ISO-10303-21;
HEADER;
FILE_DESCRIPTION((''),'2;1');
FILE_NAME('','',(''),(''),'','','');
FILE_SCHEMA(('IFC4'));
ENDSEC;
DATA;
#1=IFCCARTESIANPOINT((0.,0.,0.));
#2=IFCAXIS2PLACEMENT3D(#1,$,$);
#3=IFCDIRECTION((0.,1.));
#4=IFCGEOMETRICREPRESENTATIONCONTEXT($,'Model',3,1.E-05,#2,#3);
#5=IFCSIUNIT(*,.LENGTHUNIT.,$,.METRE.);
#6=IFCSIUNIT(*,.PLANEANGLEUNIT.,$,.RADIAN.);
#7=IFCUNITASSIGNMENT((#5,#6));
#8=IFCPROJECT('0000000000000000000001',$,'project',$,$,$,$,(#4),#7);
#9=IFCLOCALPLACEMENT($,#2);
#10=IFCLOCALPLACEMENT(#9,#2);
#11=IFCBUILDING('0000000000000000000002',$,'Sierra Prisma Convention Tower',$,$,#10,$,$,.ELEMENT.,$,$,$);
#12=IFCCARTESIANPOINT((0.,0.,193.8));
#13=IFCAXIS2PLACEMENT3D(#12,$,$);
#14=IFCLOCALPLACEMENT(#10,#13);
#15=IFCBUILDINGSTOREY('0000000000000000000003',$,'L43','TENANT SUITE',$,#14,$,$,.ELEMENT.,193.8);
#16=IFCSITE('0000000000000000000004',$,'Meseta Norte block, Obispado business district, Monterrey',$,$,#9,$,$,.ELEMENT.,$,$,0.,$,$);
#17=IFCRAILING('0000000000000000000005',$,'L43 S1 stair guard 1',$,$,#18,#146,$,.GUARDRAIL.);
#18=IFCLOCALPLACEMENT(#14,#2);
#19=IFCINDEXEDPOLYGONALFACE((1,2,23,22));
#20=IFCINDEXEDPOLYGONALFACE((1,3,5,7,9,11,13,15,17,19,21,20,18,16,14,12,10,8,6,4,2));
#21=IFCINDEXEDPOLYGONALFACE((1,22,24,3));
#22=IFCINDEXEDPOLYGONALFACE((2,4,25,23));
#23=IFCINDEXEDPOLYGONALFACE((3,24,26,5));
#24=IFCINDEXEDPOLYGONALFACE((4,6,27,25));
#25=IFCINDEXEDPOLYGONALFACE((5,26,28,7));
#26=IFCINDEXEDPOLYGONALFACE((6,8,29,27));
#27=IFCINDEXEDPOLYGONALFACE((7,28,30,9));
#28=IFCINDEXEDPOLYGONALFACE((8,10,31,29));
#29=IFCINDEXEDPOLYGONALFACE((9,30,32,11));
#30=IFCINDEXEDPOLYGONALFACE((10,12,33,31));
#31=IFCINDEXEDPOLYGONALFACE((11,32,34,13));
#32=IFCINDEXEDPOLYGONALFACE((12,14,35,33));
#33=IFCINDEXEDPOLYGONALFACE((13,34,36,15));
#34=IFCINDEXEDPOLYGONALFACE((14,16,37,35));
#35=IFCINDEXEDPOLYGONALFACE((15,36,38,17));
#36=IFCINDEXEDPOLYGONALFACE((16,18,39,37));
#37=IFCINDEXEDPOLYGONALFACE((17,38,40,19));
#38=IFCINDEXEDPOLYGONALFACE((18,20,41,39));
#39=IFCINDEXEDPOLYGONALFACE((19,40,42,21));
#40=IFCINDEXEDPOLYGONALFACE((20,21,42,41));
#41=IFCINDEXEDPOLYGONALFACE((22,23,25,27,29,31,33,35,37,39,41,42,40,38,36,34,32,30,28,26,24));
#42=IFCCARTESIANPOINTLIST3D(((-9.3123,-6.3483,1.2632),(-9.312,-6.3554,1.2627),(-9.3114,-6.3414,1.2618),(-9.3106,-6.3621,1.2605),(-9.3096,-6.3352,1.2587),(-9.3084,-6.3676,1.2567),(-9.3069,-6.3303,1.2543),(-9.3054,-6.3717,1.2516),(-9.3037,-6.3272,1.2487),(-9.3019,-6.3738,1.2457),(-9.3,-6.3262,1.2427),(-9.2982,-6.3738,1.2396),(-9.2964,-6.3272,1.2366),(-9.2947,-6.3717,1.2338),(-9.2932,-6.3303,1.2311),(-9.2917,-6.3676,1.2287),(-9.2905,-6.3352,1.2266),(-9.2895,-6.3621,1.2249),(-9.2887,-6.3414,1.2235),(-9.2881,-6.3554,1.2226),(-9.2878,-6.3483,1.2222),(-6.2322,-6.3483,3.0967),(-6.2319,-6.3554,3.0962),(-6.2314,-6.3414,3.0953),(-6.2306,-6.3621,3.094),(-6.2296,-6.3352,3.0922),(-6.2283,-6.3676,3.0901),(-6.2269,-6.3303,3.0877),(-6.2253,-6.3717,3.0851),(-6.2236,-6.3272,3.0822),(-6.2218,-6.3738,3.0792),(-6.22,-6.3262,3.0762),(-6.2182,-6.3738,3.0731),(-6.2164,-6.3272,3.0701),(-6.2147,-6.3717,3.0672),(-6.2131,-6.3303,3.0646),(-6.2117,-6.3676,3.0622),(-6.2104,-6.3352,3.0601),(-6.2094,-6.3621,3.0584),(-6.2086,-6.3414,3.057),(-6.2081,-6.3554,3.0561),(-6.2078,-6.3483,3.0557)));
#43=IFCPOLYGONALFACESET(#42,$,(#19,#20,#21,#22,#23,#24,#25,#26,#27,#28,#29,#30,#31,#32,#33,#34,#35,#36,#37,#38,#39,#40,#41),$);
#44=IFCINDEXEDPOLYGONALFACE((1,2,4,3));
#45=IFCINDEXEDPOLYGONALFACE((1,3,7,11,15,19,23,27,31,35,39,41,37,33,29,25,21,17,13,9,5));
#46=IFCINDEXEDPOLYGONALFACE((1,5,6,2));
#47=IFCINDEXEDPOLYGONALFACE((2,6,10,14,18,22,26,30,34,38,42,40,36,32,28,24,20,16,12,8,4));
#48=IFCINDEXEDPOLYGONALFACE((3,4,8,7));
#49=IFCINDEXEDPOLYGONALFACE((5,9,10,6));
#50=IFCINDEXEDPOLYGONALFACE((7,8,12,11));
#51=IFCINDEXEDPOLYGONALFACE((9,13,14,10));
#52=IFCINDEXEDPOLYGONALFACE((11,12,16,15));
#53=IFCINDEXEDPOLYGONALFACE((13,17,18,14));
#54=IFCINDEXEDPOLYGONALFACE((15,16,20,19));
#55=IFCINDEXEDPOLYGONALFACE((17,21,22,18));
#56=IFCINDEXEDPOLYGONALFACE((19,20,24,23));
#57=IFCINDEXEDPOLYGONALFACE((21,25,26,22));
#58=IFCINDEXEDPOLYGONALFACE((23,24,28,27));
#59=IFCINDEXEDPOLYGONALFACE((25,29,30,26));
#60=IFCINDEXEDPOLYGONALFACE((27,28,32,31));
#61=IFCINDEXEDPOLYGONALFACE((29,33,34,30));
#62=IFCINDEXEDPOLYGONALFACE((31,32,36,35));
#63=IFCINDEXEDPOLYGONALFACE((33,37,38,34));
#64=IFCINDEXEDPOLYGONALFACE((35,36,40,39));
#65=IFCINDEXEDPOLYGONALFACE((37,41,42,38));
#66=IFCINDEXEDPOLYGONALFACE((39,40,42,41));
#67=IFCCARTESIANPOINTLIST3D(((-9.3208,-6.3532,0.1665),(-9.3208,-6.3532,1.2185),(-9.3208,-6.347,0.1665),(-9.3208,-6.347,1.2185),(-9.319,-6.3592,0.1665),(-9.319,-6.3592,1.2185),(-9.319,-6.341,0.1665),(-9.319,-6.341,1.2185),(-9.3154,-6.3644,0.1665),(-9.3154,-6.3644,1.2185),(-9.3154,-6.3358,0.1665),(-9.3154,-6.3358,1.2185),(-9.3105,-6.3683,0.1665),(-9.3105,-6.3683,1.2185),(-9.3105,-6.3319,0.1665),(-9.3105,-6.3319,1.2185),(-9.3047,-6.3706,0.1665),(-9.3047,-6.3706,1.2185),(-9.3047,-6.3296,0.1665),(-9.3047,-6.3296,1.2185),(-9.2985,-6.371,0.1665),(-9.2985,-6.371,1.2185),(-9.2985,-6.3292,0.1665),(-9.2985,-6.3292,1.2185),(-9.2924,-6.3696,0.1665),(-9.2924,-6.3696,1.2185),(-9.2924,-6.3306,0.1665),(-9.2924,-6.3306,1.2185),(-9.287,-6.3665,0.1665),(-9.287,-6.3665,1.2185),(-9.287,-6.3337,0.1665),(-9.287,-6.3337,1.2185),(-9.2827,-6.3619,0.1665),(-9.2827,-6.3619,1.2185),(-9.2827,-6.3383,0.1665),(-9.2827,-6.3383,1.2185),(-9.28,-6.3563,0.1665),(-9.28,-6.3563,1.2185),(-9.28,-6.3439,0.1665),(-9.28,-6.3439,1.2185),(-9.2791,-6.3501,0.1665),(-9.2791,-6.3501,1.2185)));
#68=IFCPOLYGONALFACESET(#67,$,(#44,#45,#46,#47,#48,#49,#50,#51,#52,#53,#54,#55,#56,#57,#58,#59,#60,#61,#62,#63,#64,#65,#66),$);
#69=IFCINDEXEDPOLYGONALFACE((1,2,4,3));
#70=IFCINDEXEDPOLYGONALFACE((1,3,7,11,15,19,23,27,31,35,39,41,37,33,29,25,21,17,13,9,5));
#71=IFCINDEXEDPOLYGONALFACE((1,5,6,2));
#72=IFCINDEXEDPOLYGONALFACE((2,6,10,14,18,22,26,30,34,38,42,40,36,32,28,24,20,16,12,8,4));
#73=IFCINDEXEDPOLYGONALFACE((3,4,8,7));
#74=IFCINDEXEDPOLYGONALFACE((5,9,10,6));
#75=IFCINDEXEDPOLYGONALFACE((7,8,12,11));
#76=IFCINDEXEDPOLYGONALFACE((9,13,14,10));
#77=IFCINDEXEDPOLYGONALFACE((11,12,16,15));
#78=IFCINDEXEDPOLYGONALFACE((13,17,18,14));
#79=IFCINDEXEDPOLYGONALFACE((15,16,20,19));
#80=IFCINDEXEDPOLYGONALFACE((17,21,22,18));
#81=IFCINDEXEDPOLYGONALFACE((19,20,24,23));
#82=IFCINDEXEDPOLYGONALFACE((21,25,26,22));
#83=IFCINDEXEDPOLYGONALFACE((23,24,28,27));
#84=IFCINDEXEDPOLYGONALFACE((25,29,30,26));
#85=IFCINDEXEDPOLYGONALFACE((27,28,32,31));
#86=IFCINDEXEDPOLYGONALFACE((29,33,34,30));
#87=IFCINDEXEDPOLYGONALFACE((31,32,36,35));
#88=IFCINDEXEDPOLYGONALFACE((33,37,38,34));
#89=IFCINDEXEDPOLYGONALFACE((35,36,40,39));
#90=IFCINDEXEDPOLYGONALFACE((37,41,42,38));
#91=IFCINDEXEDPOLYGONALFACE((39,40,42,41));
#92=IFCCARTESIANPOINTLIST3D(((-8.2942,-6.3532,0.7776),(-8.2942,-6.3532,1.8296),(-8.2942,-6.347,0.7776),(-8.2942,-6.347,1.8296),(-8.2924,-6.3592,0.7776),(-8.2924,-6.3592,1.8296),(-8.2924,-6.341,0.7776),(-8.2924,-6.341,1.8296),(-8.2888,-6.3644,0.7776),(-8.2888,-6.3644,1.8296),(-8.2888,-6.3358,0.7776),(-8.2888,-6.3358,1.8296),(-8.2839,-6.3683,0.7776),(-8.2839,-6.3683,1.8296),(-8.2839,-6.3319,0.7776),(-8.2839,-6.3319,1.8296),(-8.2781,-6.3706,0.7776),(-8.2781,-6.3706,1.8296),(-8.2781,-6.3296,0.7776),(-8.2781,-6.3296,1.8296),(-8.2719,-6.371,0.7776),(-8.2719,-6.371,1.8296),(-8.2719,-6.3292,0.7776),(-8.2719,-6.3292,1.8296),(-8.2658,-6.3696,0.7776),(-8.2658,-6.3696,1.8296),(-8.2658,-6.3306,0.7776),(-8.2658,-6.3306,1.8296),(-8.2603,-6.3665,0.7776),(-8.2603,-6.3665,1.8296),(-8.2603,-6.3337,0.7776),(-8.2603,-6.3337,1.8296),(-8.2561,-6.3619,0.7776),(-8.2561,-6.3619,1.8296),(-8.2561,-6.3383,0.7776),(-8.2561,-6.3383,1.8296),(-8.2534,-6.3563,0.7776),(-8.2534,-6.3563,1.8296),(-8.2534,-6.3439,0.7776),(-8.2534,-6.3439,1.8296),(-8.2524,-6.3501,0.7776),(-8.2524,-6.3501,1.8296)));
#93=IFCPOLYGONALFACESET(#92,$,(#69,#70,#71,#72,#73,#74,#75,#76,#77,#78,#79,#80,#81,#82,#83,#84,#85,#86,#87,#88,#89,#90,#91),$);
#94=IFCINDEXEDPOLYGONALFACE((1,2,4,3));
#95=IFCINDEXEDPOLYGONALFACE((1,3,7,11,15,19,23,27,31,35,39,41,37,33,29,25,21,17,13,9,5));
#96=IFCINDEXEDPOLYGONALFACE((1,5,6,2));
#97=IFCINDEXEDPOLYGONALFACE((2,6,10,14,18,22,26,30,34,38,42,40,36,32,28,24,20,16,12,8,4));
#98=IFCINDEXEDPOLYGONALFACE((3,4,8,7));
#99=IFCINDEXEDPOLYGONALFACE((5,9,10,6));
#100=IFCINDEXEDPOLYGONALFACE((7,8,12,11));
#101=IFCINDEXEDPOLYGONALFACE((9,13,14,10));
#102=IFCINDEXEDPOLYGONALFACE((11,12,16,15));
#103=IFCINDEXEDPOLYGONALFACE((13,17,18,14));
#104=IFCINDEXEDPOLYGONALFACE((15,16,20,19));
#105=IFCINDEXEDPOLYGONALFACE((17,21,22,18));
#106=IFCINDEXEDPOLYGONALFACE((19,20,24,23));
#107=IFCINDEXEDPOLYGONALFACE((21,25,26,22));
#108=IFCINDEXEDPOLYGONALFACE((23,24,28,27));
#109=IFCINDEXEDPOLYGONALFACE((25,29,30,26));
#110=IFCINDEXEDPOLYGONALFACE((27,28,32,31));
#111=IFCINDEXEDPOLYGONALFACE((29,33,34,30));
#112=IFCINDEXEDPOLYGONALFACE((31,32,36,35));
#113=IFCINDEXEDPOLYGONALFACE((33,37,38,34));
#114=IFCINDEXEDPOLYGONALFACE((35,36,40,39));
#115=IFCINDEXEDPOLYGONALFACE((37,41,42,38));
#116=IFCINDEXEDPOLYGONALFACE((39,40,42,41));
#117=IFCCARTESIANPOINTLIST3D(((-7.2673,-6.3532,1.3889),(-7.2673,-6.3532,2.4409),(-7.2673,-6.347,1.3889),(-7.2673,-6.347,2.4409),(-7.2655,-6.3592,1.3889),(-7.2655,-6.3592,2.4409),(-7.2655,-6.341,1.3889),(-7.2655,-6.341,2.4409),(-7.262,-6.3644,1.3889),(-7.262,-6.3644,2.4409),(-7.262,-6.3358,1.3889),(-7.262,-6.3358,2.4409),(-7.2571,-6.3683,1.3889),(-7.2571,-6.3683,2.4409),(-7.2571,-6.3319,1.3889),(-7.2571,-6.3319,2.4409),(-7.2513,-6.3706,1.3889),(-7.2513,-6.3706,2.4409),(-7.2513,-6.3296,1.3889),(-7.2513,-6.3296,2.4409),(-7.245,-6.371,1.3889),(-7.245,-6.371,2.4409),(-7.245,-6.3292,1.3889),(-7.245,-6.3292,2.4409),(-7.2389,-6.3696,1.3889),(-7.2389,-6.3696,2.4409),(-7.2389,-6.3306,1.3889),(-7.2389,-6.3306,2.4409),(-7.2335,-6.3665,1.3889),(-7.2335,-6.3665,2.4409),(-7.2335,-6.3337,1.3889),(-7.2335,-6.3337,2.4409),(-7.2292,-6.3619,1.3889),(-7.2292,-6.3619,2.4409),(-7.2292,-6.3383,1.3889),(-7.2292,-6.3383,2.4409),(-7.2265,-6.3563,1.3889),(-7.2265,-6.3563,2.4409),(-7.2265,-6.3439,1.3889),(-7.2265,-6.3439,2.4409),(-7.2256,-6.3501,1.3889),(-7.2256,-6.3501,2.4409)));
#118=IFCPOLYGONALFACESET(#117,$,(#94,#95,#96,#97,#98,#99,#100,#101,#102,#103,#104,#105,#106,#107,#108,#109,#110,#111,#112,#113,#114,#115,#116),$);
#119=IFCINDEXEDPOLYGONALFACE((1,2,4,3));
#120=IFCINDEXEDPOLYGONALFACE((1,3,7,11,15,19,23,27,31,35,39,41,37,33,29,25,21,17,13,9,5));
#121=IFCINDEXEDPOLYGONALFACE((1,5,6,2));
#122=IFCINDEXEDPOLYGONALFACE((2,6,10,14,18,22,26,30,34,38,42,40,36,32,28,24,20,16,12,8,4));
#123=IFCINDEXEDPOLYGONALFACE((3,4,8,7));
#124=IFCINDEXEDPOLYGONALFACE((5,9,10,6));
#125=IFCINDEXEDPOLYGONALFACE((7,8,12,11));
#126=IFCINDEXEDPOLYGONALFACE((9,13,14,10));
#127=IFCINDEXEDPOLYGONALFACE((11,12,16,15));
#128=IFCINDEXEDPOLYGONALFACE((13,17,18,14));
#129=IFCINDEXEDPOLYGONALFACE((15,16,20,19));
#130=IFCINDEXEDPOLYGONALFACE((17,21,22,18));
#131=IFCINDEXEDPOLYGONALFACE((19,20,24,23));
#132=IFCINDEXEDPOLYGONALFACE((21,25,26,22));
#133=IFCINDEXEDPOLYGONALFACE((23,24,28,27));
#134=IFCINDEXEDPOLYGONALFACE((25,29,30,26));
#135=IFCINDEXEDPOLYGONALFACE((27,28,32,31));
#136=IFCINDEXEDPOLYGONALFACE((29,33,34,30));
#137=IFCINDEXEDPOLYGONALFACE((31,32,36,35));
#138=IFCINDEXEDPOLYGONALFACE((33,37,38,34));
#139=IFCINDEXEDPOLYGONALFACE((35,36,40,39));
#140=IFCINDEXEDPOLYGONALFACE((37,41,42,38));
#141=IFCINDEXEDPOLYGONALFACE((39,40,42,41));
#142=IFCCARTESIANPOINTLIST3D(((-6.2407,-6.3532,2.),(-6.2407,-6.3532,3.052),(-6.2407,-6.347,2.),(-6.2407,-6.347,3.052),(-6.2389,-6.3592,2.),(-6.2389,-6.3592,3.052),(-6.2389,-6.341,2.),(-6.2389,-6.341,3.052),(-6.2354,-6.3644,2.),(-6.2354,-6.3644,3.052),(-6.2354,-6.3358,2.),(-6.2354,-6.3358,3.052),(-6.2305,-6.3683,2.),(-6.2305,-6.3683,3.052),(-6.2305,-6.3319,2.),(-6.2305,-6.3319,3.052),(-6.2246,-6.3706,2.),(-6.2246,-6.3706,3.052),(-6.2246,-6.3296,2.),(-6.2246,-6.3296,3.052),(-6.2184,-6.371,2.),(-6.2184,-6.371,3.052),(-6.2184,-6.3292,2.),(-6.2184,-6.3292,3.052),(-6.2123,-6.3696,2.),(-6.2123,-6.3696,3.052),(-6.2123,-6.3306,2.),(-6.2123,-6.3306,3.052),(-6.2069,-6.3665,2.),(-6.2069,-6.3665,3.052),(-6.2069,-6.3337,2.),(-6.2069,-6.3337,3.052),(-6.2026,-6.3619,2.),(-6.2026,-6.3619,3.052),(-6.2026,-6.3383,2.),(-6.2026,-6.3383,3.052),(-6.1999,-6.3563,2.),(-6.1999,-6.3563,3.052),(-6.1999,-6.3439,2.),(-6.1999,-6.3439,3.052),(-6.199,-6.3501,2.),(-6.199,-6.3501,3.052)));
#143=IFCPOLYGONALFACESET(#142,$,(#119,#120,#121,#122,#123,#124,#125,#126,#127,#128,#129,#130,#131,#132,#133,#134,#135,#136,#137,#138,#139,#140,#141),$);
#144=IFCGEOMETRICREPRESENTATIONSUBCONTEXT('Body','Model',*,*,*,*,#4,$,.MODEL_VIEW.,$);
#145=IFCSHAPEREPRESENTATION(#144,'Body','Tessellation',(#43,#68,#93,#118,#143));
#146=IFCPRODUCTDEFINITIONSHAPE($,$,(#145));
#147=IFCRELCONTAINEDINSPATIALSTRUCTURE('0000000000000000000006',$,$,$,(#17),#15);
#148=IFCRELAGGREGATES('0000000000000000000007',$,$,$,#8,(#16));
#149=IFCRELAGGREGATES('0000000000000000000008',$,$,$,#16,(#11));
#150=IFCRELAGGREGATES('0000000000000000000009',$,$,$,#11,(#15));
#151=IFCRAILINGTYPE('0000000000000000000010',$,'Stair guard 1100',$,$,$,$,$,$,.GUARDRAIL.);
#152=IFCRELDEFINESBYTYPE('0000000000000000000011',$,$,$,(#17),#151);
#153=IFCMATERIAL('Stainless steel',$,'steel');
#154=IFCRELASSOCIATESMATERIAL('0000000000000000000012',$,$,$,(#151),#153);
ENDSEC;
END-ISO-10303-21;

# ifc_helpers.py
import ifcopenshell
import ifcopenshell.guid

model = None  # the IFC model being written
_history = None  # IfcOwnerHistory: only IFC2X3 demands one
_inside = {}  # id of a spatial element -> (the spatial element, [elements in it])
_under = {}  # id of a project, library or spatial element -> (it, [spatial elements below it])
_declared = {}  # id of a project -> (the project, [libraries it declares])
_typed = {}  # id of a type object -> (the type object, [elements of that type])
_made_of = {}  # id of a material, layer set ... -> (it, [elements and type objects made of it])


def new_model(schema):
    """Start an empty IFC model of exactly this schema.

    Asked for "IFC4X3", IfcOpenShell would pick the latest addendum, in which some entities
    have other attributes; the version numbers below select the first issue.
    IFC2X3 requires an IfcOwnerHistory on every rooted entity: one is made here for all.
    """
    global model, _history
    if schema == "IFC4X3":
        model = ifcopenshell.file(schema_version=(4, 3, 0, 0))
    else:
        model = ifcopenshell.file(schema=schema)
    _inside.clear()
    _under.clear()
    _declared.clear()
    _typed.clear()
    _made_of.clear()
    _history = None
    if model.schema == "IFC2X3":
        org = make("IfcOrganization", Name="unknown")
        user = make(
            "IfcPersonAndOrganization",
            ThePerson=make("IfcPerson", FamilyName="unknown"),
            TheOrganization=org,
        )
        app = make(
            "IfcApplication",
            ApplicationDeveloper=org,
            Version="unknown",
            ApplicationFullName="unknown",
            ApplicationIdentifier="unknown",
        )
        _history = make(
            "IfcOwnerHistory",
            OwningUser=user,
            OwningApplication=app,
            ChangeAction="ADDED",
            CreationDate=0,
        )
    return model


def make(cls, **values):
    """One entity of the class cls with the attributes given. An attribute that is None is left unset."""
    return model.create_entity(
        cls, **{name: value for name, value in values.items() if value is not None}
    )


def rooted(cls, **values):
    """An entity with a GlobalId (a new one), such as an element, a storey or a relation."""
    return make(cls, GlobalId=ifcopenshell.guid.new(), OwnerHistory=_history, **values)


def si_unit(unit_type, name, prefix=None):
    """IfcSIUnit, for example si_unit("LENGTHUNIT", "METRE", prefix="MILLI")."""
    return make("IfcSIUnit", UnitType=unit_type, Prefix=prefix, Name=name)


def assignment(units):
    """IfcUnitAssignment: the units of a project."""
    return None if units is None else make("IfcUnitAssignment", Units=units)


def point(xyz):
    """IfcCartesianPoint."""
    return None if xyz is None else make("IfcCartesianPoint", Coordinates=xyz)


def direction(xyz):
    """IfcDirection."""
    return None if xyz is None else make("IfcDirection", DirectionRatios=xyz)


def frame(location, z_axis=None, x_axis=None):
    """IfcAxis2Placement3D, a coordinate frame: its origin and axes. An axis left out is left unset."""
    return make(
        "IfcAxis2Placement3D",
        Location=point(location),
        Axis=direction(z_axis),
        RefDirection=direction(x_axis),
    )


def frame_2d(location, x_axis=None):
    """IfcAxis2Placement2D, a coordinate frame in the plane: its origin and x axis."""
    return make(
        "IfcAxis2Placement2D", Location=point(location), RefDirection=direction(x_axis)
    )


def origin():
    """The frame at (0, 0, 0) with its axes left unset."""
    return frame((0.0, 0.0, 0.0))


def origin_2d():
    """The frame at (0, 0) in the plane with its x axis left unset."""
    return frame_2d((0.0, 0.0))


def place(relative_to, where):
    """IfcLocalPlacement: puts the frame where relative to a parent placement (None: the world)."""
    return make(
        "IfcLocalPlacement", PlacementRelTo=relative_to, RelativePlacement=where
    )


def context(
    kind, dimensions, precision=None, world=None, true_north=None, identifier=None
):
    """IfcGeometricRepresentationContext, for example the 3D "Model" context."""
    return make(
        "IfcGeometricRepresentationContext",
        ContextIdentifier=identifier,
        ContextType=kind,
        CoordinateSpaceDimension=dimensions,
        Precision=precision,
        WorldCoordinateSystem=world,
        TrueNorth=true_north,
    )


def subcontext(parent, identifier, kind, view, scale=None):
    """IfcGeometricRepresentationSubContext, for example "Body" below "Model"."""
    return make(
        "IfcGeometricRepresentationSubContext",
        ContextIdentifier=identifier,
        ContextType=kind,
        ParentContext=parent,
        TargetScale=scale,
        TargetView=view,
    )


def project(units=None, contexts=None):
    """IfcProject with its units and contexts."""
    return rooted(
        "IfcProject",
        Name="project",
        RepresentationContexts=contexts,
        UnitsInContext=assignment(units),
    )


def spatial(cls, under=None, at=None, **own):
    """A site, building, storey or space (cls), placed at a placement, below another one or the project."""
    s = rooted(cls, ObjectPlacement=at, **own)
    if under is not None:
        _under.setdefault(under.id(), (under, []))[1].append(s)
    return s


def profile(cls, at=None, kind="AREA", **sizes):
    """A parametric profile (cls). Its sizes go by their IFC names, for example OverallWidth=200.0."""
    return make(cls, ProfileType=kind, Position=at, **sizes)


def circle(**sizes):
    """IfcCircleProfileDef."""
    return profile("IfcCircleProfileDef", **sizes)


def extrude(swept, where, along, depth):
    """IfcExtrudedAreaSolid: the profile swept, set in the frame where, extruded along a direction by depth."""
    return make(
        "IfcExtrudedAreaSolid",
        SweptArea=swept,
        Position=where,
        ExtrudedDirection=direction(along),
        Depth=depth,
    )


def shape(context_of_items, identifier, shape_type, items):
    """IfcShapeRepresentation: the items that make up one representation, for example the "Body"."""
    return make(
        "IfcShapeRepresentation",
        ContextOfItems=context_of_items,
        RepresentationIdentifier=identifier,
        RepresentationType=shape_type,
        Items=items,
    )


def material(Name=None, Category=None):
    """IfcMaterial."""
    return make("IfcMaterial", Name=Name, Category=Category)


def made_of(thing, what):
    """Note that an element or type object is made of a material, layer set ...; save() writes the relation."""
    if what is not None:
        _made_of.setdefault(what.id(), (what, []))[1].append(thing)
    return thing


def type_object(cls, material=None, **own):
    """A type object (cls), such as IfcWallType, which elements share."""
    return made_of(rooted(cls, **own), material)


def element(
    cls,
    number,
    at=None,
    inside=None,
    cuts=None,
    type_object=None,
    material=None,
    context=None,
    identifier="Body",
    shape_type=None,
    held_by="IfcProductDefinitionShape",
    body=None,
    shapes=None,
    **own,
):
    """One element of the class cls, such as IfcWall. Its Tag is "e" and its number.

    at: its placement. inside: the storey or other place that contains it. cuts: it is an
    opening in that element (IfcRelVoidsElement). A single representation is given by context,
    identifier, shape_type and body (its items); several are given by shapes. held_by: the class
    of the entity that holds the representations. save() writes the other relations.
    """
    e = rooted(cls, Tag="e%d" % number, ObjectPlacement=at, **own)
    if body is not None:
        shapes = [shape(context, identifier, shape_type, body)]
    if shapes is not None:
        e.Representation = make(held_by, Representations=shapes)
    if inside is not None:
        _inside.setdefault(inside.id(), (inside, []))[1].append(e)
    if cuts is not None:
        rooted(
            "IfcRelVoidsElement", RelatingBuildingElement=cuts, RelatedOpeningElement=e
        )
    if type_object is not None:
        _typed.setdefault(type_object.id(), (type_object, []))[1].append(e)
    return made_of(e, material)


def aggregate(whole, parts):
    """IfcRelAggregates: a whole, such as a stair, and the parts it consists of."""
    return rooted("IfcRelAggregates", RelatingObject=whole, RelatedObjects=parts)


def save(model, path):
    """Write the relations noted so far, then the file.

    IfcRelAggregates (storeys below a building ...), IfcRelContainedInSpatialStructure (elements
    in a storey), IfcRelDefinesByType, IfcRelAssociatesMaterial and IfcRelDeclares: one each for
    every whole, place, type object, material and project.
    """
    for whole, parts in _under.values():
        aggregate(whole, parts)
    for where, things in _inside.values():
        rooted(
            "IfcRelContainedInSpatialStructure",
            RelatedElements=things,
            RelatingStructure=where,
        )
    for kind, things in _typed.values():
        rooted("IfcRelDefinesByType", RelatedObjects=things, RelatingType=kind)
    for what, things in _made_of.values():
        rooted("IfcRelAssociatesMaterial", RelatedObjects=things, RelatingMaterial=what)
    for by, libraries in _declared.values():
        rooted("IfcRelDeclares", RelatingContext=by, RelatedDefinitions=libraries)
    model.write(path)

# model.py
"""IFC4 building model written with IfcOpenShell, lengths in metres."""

from ifc_helpers import new_model, si_unit, direction, frame, origin, origin_2d, place, context, subcontext, project, spatial, circle, extrude, material, type_object, element, save


model = new_model("IFC4")

# Units and contexts
model_context = context("Model", 3, precision=1e-05, world=origin(), true_north=direction((0.0, 1.0)))
body_context = subcontext(model_context, "Body", "Model", "MODEL_VIEW")
ifc_project = project(units=[si_unit("LENGTHUNIT", "METRE"), si_unit("PLANEANGLEUNIT", "RADIAN")], contexts=[model_context])

# Site, building, storey
site_placement = place(None, origin())
site = spatial("IfcSite", under=ifc_project, at=site_placement, Name="Meseta Norte block, Obispado business district, Monterrey", CompositionType="ELEMENT", RefElevation=0.0)
building_placement = place(site_placement, origin())
building = spatial("IfcBuilding", under=site, at=building_placement, Name="Sierra Prisma Convention Tower", CompositionType="ELEMENT")
storey_placement = place(building_placement, frame((0.0, 0.0, 193.8)))
storey = spatial("IfcBuildingStorey", under=building, at=storey_placement, Name="L43", Description="TENANT SUITE", CompositionType="ELEMENT", Elevation=193.8)

# Railing
ifc_material_1 = material(Name="Stainless steel", Category="steel")
railing_type_1 = type_object("IfcRailingType", Name="Stair guard 1100", PredefinedType="GUARDRAIL", material=ifc_material_1)
railing_1_placement = place(storey_placement, frame((-9.3, -6.3501, 0.1665)))
element("IfcRailing", 1, at=railing_1_placement, inside=storey, type_object=railing_type_1, Name="L43 S1 stair guard 1", PredefinedType="GUARDRAIL", context=body_context, shape_type="SweptSolid", body=[
    extrude(circle(Radius=0.0239, at=origin_2d()), frame((0.0, 0.0, 1.0762), z_axis=(0.859279, 0.0, 0.511508), x_axis=(0.0, 1.0, 0.0)), (0.0, 0.0, 1.0), 3.5845),
    extrude(circle(Radius=0.021, at=origin_2d()), origin(), (0.0, 0.0, 1.0), 1.052),
    extrude(circle(Radius=0.021, at=origin_2d()), frame((1.0266, 0.0, 0.6111)), (0.0, 0.0, 1.0), 1.052),
    extrude(circle(Radius=0.021, at=origin_2d()), frame((2.0535, 0.0, 1.2224)), (0.0, 0.0, 1.0), 1.052),
    extrude(circle(Radius=0.021, at=origin_2d()), frame((3.0801, 0.0, 1.8335)), (0.0, 0.0, 1.0), 1.052),
])

save(model, "model.ifc")
